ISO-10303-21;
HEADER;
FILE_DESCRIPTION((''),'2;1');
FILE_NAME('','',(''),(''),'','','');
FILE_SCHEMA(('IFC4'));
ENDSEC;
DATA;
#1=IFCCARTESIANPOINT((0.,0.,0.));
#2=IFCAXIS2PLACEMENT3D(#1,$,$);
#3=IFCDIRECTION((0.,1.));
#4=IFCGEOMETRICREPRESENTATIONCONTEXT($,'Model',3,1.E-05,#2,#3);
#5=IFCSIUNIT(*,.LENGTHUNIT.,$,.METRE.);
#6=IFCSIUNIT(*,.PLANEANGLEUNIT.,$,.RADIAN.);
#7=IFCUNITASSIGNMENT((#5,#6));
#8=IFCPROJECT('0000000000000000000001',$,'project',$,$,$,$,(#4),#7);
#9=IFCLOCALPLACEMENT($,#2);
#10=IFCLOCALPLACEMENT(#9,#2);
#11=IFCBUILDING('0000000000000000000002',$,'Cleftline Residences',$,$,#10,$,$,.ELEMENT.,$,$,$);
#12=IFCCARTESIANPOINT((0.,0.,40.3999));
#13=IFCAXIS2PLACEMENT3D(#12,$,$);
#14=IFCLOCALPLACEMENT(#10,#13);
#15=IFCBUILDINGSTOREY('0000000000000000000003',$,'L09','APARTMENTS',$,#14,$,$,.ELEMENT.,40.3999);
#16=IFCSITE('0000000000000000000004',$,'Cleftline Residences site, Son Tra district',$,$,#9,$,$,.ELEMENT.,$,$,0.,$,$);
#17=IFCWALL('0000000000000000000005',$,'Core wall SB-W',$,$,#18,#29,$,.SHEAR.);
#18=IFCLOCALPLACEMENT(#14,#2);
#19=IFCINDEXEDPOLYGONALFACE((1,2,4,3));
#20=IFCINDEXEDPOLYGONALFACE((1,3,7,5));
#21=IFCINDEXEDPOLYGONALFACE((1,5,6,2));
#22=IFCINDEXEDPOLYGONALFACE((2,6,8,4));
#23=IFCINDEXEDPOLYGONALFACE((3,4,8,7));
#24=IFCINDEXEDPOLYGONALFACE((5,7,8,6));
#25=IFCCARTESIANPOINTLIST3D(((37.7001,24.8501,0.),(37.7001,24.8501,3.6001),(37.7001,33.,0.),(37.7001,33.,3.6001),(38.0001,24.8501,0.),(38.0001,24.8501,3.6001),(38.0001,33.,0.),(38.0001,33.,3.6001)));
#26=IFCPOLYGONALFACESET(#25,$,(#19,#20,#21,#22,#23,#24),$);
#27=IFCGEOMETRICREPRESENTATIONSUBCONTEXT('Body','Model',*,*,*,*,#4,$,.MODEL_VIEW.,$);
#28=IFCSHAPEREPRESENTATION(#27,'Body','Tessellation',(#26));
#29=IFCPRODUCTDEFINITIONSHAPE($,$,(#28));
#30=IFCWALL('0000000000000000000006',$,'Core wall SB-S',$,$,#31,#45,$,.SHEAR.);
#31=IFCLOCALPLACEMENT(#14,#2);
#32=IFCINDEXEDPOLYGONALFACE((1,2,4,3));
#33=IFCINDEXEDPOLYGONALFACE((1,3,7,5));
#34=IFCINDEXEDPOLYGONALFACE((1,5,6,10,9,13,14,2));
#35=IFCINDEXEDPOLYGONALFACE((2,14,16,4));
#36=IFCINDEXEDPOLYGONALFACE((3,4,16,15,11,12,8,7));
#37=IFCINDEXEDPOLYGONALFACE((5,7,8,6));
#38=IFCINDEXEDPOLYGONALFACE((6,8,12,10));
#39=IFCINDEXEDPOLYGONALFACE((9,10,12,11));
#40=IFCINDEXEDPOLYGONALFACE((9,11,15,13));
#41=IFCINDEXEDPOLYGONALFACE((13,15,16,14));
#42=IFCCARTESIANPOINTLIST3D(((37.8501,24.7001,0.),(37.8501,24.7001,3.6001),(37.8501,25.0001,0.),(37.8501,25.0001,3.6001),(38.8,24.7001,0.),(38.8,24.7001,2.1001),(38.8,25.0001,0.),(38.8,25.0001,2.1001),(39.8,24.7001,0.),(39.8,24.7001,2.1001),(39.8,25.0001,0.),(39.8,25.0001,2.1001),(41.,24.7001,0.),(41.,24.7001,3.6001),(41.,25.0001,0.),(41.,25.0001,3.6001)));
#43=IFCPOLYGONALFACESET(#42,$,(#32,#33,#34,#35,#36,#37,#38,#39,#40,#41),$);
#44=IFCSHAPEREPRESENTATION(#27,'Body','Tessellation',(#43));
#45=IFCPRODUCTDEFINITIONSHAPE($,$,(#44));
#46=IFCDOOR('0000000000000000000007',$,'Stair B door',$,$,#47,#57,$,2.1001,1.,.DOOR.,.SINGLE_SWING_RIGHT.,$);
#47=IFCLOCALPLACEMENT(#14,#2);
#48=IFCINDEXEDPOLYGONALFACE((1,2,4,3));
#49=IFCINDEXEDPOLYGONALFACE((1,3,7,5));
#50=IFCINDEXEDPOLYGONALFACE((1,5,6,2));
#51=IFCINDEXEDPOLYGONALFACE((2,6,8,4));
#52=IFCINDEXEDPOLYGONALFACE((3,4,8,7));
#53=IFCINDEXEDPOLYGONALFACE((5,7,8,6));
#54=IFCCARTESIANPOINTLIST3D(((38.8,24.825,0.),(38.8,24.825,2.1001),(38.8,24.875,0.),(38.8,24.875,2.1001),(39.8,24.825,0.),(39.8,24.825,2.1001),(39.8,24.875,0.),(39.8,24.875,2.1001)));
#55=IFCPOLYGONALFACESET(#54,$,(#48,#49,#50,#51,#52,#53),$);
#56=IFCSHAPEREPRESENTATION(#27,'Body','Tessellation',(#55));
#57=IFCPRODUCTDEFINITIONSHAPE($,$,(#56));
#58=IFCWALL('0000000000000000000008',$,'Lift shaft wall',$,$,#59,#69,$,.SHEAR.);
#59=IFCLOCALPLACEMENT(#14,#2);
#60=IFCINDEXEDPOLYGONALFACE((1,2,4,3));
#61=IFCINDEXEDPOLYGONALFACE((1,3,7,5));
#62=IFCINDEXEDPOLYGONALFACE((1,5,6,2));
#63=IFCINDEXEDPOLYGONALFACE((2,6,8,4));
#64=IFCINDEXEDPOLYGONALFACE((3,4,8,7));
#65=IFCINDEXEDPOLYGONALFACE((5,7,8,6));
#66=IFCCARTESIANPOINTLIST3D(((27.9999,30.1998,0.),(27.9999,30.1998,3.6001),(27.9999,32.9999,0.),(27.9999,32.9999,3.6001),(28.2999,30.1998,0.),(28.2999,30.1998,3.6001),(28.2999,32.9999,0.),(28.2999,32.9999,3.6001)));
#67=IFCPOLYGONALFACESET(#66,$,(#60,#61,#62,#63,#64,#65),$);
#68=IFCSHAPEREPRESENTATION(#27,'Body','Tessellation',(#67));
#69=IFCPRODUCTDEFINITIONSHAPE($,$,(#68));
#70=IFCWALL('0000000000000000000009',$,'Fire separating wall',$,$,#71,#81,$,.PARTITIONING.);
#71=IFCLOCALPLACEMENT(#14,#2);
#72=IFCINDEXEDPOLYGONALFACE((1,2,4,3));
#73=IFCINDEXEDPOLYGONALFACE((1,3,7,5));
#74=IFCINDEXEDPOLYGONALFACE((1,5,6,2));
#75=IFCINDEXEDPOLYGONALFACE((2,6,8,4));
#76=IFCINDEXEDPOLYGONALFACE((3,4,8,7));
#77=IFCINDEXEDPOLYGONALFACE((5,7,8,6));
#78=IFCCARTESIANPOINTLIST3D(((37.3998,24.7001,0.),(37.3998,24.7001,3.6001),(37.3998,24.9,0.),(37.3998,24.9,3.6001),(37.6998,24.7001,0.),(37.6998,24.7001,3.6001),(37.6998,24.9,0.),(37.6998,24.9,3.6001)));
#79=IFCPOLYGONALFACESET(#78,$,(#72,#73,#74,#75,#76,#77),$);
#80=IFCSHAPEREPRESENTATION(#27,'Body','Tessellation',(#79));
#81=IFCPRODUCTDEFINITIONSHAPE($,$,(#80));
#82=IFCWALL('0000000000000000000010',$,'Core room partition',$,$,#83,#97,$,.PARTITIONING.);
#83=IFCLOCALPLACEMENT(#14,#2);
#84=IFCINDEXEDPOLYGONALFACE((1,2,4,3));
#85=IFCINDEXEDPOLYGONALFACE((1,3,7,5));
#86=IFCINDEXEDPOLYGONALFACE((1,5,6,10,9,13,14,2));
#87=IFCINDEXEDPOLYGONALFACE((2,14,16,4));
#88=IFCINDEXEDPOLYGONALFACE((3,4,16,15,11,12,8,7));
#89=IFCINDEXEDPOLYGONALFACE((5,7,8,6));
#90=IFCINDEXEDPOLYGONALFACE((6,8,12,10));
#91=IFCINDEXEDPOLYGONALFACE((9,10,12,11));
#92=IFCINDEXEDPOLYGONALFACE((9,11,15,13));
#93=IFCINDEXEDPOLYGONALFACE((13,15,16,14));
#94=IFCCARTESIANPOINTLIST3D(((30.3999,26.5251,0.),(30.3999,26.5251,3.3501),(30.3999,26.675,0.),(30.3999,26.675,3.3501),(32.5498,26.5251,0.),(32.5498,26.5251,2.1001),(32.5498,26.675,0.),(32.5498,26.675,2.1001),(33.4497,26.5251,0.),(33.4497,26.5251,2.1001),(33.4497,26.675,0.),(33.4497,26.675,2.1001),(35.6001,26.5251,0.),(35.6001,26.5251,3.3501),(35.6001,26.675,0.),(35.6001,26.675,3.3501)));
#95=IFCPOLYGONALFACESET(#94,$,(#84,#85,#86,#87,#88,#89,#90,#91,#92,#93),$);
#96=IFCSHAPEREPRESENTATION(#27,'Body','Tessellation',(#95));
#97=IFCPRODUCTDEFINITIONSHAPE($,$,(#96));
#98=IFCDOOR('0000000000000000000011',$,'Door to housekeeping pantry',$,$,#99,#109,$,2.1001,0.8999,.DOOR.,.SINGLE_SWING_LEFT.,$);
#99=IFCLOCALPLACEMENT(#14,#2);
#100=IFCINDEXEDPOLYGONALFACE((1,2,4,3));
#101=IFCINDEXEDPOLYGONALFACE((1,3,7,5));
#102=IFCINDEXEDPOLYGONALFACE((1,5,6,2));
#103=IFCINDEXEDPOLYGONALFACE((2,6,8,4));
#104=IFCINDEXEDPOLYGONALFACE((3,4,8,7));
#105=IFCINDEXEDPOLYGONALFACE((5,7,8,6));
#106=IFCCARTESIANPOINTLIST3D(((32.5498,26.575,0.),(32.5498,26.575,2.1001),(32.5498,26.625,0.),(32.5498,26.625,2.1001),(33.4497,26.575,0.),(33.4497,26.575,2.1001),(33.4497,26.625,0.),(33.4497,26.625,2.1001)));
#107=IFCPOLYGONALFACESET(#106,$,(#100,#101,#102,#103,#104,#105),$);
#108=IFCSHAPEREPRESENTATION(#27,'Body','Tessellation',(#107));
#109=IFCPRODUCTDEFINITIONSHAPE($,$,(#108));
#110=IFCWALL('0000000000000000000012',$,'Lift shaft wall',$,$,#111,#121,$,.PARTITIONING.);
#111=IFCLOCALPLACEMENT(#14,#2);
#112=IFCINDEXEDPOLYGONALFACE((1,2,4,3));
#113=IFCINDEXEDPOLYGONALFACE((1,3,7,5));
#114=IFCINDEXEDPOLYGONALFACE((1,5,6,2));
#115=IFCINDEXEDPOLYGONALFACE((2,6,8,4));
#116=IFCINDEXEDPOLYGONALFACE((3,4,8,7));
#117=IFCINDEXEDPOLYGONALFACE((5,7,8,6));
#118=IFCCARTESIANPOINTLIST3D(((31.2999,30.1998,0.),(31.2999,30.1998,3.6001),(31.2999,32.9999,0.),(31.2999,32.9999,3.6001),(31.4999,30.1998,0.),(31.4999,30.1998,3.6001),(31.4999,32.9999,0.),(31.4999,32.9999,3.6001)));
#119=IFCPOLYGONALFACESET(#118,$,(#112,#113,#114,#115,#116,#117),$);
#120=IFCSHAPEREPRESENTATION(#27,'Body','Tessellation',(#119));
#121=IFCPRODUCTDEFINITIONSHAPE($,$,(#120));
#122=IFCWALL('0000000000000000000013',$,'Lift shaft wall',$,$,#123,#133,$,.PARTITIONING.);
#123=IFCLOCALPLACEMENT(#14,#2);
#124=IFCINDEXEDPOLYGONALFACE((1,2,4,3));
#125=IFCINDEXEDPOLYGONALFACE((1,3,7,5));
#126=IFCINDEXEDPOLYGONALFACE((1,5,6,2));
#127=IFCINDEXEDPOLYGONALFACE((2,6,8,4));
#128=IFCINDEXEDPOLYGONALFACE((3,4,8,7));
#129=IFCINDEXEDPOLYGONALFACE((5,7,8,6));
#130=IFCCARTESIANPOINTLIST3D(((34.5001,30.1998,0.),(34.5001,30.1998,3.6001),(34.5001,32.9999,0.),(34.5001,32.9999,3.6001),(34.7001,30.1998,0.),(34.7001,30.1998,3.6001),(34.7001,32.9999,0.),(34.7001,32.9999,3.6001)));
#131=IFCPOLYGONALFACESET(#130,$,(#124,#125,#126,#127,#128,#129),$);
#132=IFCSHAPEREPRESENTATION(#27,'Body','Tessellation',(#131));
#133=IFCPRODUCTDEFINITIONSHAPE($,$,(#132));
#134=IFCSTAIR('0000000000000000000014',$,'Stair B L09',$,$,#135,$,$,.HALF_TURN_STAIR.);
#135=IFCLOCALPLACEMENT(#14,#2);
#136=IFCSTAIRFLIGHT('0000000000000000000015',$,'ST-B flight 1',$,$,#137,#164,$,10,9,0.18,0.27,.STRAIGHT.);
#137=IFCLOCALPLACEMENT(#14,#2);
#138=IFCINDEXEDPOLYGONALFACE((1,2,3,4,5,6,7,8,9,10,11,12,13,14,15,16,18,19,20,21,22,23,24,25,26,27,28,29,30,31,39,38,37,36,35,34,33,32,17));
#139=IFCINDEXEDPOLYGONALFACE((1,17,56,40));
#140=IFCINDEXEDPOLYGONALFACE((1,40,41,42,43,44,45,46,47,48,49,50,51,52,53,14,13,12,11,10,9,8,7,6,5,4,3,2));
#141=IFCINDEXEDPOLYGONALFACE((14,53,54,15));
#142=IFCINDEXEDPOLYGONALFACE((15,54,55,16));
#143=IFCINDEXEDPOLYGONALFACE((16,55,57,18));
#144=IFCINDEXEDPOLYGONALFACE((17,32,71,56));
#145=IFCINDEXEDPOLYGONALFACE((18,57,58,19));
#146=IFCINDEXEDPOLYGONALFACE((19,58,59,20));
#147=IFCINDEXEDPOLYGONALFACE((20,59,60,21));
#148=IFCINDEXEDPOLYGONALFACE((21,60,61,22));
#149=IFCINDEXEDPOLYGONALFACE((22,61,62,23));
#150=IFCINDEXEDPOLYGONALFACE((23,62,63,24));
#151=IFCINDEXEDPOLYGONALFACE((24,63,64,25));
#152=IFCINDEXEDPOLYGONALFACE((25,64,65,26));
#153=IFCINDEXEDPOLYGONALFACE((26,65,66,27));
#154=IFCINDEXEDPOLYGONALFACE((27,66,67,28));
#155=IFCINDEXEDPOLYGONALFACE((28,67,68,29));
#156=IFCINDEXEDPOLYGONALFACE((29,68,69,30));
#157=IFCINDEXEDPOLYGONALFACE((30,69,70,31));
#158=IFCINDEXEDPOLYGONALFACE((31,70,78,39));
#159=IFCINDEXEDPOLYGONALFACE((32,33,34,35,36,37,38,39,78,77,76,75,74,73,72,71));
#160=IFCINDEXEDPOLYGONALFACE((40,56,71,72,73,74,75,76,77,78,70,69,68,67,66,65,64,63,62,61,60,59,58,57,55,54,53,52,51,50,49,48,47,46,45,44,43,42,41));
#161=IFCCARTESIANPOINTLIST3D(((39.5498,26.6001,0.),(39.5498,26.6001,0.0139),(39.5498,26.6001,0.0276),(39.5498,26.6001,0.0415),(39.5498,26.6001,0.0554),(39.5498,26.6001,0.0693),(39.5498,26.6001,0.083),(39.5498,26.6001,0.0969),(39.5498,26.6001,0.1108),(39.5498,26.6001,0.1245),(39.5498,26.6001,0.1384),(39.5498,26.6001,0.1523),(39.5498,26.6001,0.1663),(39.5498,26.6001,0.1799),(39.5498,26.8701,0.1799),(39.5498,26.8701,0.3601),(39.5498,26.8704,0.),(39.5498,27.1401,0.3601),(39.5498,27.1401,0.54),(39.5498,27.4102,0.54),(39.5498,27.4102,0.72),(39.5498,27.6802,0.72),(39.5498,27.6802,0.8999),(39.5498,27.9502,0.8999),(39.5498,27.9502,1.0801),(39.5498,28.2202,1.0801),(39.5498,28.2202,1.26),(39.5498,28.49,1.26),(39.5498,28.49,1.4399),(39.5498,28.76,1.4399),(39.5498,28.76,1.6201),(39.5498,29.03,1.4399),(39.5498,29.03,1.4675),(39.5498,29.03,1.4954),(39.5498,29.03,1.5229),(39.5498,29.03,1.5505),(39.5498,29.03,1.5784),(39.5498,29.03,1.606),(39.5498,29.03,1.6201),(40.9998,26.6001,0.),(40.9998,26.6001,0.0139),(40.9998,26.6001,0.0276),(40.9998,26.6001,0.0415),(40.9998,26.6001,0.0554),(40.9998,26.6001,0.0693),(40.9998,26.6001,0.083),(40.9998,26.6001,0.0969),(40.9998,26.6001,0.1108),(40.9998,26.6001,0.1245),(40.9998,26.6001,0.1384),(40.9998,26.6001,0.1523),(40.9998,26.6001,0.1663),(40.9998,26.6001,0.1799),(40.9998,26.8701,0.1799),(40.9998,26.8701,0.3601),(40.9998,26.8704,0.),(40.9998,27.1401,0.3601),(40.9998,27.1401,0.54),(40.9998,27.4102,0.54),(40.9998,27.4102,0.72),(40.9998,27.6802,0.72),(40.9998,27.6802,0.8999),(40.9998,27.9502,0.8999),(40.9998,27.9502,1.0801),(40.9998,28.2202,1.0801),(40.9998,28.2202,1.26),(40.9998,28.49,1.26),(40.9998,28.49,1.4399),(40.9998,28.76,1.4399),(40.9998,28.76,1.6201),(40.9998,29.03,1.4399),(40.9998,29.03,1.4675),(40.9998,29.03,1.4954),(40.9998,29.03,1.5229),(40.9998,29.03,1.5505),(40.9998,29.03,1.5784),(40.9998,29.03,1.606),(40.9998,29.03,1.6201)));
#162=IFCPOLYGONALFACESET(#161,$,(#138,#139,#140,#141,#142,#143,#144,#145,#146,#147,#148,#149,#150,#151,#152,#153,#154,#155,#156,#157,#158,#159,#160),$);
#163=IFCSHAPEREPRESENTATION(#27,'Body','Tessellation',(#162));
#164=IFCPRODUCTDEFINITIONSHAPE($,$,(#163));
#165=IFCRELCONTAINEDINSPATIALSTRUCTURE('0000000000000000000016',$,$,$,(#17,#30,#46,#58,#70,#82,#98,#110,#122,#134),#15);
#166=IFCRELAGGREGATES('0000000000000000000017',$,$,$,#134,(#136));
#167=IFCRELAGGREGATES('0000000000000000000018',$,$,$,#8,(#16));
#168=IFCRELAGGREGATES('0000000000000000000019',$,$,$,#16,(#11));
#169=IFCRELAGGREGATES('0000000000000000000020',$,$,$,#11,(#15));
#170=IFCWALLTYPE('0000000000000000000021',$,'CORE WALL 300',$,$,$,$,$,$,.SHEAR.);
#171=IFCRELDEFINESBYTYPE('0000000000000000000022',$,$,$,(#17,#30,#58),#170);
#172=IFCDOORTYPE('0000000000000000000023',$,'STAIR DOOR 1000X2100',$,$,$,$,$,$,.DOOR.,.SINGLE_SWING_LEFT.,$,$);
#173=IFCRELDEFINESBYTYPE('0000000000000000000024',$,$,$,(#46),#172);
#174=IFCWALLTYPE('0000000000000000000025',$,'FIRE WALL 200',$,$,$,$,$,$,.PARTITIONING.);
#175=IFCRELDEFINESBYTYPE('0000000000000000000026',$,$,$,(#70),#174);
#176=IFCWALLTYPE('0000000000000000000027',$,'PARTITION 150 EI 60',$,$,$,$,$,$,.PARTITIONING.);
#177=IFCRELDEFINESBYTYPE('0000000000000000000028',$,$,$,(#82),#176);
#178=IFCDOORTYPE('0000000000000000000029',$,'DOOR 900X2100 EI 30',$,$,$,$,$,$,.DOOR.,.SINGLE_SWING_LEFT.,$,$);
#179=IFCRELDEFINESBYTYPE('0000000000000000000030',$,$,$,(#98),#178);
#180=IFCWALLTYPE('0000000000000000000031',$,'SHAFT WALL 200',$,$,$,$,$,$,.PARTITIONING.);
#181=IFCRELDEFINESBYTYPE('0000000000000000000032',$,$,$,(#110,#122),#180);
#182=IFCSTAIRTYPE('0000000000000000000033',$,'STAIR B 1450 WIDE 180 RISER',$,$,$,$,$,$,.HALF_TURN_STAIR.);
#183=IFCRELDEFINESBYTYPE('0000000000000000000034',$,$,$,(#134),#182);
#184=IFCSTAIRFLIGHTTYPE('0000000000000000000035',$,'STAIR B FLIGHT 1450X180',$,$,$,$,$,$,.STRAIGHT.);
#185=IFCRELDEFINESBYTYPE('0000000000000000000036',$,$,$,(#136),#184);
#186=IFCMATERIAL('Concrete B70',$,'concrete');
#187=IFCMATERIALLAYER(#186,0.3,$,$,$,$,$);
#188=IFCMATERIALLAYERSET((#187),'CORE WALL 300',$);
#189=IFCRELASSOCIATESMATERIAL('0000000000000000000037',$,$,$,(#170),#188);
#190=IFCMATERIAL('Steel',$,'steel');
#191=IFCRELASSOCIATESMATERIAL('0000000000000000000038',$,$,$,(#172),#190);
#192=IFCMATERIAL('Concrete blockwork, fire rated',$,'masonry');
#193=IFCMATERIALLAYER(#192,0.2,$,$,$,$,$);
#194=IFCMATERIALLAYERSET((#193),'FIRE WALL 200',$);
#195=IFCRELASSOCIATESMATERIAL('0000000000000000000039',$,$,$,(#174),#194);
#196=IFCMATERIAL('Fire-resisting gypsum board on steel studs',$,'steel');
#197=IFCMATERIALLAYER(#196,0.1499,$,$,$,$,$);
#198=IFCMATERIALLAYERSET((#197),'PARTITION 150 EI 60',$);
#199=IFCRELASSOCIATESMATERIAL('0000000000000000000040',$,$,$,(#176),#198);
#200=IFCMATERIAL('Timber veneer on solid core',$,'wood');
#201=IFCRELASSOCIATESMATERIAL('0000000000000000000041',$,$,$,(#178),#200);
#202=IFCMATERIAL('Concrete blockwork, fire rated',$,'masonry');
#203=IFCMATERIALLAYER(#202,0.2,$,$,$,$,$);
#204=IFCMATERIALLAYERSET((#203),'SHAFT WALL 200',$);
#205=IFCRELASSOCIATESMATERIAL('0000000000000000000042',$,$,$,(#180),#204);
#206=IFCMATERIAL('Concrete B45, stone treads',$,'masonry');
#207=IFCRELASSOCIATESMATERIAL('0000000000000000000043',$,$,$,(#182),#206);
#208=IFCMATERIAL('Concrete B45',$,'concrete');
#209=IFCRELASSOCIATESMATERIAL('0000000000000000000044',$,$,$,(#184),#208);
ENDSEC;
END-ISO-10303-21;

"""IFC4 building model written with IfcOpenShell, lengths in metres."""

from ifc_helpers import new_model, si_unit, direction, frame, frame_2d, origin, place, context, subcontext, project, spatial, polyline, rectangle, outline, extrude, material, layer, layer_set, type_object, element, fill, aggregate, save


model = new_model("IFC4")

# Units and contexts
model_context = context("Model", 3, precision=1e-05, world=origin(), true_north=direction((0.0, 1.0)))
body_context = subcontext(model_context, "Body", "Model", "MODEL_VIEW")
ifc_project = project(units=[si_unit("LENGTHUNIT", "METRE"), si_unit("PLANEANGLEUNIT", "RADIAN")], contexts=[model_context])

# Site, building, storey
site_placement = place(None, origin())
site = spatial("IfcSite", under=ifc_project, at=site_placement, Name="Cleftline Residences site, Son Tra district", CompositionType="ELEMENT", RefElevation=0.0)
building_placement = place(site_placement, origin())
building = spatial("IfcBuilding", under=site, at=building_placement, Name="Cleftline Residences", CompositionType="ELEMENT")
storey_placement = place(building_placement, frame((0.0, 0.0, 40.3999)))
storey = spatial("IfcBuildingStorey", under=building, at=storey_placement, Name="L09", Description="APARTMENTS", CompositionType="ELEMENT", Elevation=40.3999)

# Wall
ifc_material_1 = material(Name="Concrete B70", Category="concrete")
ifc_layer_1 = layer(ifc_material_1, 0.3)
ifc_layer_set_1 = layer_set([ifc_layer_1], Name="CORE WALL 300")
wall_type_1 = type_object("IfcWallType", Name="CORE WALL 300", PredefinedType="SHEAR", material=ifc_layer_set_1)
wall_1_placement = place(storey_placement, frame((37.8501, 24.8501, 0.0), z_axis=(0.0, 0.0, 1.0), x_axis=(0.0, 1.0, 0.0)))
element("IfcWall", 1, at=wall_1_placement, inside=storey, type_object=wall_type_1, Name="Core wall SB-W", PredefinedType="SHEAR", context=body_context, shape_type="SweptSolid", body=[
    extrude(rectangle(XDim=8.1499, YDim=0.3, at=frame_2d((4.075, 0.0))), origin(), (0.0, 0.0, 1.0), 3.6001),
])

# Wall, opening, door
wall_2_placement = place(storey_placement, frame((37.8501, 24.8501, 0.0), z_axis=(0.0, 0.0, 1.0), x_axis=(1.0, 0.0, 0.0)))
wall_2 = element("IfcWall", 2, at=wall_2_placement, inside=storey, type_object=wall_type_1, Name="Core wall SB-S", PredefinedType="SHEAR", context=body_context, shape_type="SweptSolid", body=[
    extrude(rectangle(XDim=3.1499, YDim=0.3, at=frame_2d((1.575, 0.0))), origin(), (0.0, 0.0, 1.0), 3.6001),
])
opening_1_placement = place(wall_2_placement, frame((0.95, 0.0, 0.0)))
opening_1 = element("IfcOpeningElement", 3, at=opening_1_placement, cuts=wall_2, PredefinedType="OPENING", context=body_context, shape_type="SweptSolid", body=[
    extrude(rectangle(XDim=1.0, YDim=2.1001, at=frame_2d((0.5, 1.05))), frame((0.0, 0.1599, 0.0), z_axis=(0.0, -1.0, 0.0), x_axis=(1.0, 0.0, 0.0)), (0.0, 0.0, 1.0), 0.3201),
])
ifc_material_2 = material(Name="Steel", Category="steel")
door_type_1 = type_object("IfcDoorType", Name="STAIR DOOR 1000X2100", OperationType="SINGLE_SWING_LEFT", PredefinedType="DOOR", material=ifc_material_2)
door_1_placement = place(opening_1_placement, origin())
door_1 = element("IfcDoor", 4, at=door_1_placement, inside=storey, type_object=door_type_1, Name="Stair B door", OperationType="SINGLE_SWING_RIGHT", OverallHeight=2.1001, OverallWidth=1.0, PredefinedType="DOOR", context=body_context, shape_type="SweptSolid", body=[
    extrude(rectangle(XDim=1.0, YDim=2.1001, at=frame_2d((0.5, 1.05))), frame((0.0, 0.0249, 0.0), z_axis=(0.0, -1.0, 0.0), x_axis=(1.0, 0.0, 0.0)), (0.0, 0.0, 1.0), 0.05),
])
fill(opening_1, door_1)

# Walls
wall_3_placement = place(storey_placement, frame((28.1499, 30.2, 0.0), z_axis=(0.0, 0.0, 1.0), x_axis=(0.0, 1.0, 0.0)))
element("IfcWall", 5, at=wall_3_placement, inside=storey, type_object=wall_type_1, Name="Lift shaft wall", PredefinedType="SHEAR", context=body_context, shape_type="SweptSolid", body=[
    extrude(rectangle(XDim=2.8, YDim=0.3, at=frame_2d((1.3999, 0.0))), origin(), (0.0, 0.0, 1.0), 3.6001),
])
ifc_material_3 = material(Name="Concrete blockwork, fire rated", Category="masonry")
ifc_layer_2 = layer(ifc_material_3, 0.2)
ifc_layer_set_2 = layer_set([ifc_layer_2], Name="FIRE WALL 200")
wall_type_2 = type_object("IfcWallType", Name="FIRE WALL 200", PredefinedType="PARTITIONING", material=ifc_layer_set_2)
wall_4_placement = place(storey_placement, frame((37.3999, 24.8, 0.0), z_axis=(0.0, 0.0, 1.0), x_axis=(1.0, 0.0, 0.0)))
element("IfcWall", 6, at=wall_4_placement, inside=storey, type_object=wall_type_2, Name="Fire separating wall", PredefinedType="PARTITIONING", context=body_context, shape_type="SweptSolid", body=[
    extrude(rectangle(XDim=0.3, YDim=0.2, at=frame_2d((0.1499, 0.0))), origin(), (0.0, 0.0, 1.0), 3.6001),
])

# Wall, opening, door
ifc_material_4 = material(Name="Fire-resisting gypsum board on steel studs", Category="steel")
ifc_layer_3 = layer(ifc_material_4, 0.1499)
ifc_layer_set_3 = layer_set([ifc_layer_3], Name="PARTITION 150 EI 60")
wall_type_3 = type_object("IfcWallType", Name="PARTITION 150 EI 60", PredefinedType="PARTITIONING", material=ifc_layer_set_3)
wall_5_placement = place(storey_placement, frame((30.3999, 26.6001, 0.0), z_axis=(0.0, 0.0, 1.0), x_axis=(1.0, 0.0, 0.0)))
wall_5 = element("IfcWall", 7, at=wall_5_placement, inside=storey, type_object=wall_type_3, Name="Core room partition", PredefinedType="PARTITIONING", context=body_context, shape_type="SweptSolid", body=[
    extrude(rectangle(XDim=5.2002, YDim=0.1499, at=frame_2d((2.6001, 0.0))), origin(), (0.0, 0.0, 1.0), 3.3501),
])
opening_2_placement = place(wall_5_placement, frame((2.1499, 0.0, 0.0)))
opening_2 = element("IfcOpeningElement", 8, at=opening_2_placement, cuts=wall_5, PredefinedType="OPENING", context=body_context, shape_type="SweptSolid", body=[
    extrude(rectangle(XDim=0.8999, YDim=2.1001, at=frame_2d((0.45, 1.05))), frame((0.0, 0.085, 0.0), z_axis=(0.0, -1.0, 0.0), x_axis=(1.0, 0.0, 0.0)), (0.0, 0.0, 1.0), 0.1699),
])
ifc_material_5 = material(Name="Timber veneer on solid core", Category="wood")
door_type_2 = type_object("IfcDoorType", Name="DOOR 900X2100 EI 30", OperationType="SINGLE_SWING_LEFT", PredefinedType="DOOR", material=ifc_material_5)
door_2_placement = place(opening_2_placement, origin())
door_2 = element("IfcDoor", 9, at=door_2_placement, inside=storey, type_object=door_type_2, Name="Door to housekeeping pantry", OperationType="SINGLE_SWING_LEFT", OverallHeight=2.1001, OverallWidth=0.8999, PredefinedType="DOOR", context=body_context, shape_type="SweptSolid", body=[
    extrude(rectangle(XDim=0.8999, YDim=2.1001, at=frame_2d((0.45, 1.05))), frame((0.0, 0.0249, 0.0), z_axis=(0.0, -1.0, 0.0), x_axis=(1.0, 0.0, 0.0)), (0.0, 0.0, 1.0), 0.05),
])
fill(opening_2, door_2)

# Walls
ifc_material_6 = material(Name="Concrete blockwork, fire rated", Category="masonry")
ifc_layer_4 = layer(ifc_material_6, 0.2)
ifc_layer_set_4 = layer_set([ifc_layer_4], Name="SHAFT WALL 200")
wall_type_4 = type_object("IfcWallType", Name="SHAFT WALL 200", PredefinedType="PARTITIONING", material=ifc_layer_set_4)
for number, where, z_axis, x_axis, name in (
    (10, (31.3999, 30.2, 0.0), (0.0, 0.0, 1.0), (0.0, 1.0, 0.0), "Lift shaft wall"),
    (11, (34.6001, 30.2, 0.0), (0.0, 0.0, 1.0), (0.0, 1.0, 0.0), "Lift shaft wall"),
):
    element("IfcWall", number, at=place(storey_placement, frame(where, z_axis=z_axis, x_axis=x_axis)), inside=storey, type_object=wall_type_4, Name=name, PredefinedType="PARTITIONING", context=body_context, shape_type="SweptSolid", body=[
        extrude(rectangle(XDim=2.8, YDim=0.2, at=frame_2d((1.3999, 0.0))), origin(), (0.0, 0.0, 1.0), 3.6001),
    ])

# Stair, stair flight
ifc_material_7 = material(Name="Concrete B45, stone treads", Category="masonry")
stair_type = type_object("IfcStairType", Name="STAIR B 1450 WIDE 180 RISER", PredefinedType="HALF_TURN_STAIR", material=ifc_material_7)
stair_placement = place(storey_placement, origin())
stair = element("IfcStair", 12, at=stair_placement, inside=storey, type_object=stair_type, Name="Stair B L09", PredefinedType="HALF_TURN_STAIR")
ifc_material_8 = material(Name="Concrete B45", Category="concrete")
stair_flight_type = type_object("IfcStairFlightType", Name="STAIR B FLIGHT 1450X180", PredefinedType="STRAIGHT", material=ifc_material_8)
stair_flight_1_placement = place(storey_placement, frame((40.2749, 26.6001, 0.0), z_axis=(0.0, 0.0, 1.0), x_axis=(0.0, 1.0, 0.0)))
stair_flight_1 = element("IfcStairFlight", 13, at=stair_flight_1_placement, type_object=stair_flight_type, Name="ST-B flight 1", NumberOfRisers=10, NumberOfTreads=9, PredefinedType="STRAIGHT", RiserHeight=0.18, TreadLength=0.27, context=body_context, shape_type="SweptSolid", body=[
    extrude(outline(polyline([(0.0, 0.0), (0.0, 0.0139), (0.0, 0.0276), (0.0, 0.0415), (0.0, 0.0554), (0.0, 0.0693), (0.0, 0.083), (0.0, 0.0969), (0.0, 0.1108), (0.0, 0.1245), (0.0, 0.1384), (0.0, 0.1523), (0.0, 0.1663), (0.0, 0.1799), (0.27, 0.1799), (0.27, 0.3601), (0.54, 0.3601), (0.54, 0.54), (0.8101, 0.54), (0.8101, 0.72), (1.0801, 0.72), (1.0801, 0.8999), (1.3501, 0.8999), (1.3501, 1.0801), (1.6201, 1.0801), (1.6201, 1.26), (1.8899, 1.26), (1.8899, 1.4399), (2.1599, 1.4399), (2.1599, 1.6201), (2.4299, 1.6201), (2.4299, 1.8), (2.4299, 1.7722), (2.4299, 1.7446), (2.4299, 1.7168), (2.4299, 1.6892), (2.4299, 1.6614), (2.4299, 1.6338), (2.4299, 1.606), (2.4299, 1.5784), (2.4299, 1.5505), (2.4299, 1.5229), (2.4299, 1.4954), (2.4299, 1.4675), (2.4299, 1.4399), (0.2703, 0.0), (0.0, 0.0)])), frame((0.0, 0.7251, 0.0), z_axis=(0.0, -1.0, 0.0), x_axis=(1.0, 0.0, 0.0)), (0.0, 0.0, 1.0), 1.45),
])
aggregate(stair, [stair_flight_1])

save(model, "model.ifc")
